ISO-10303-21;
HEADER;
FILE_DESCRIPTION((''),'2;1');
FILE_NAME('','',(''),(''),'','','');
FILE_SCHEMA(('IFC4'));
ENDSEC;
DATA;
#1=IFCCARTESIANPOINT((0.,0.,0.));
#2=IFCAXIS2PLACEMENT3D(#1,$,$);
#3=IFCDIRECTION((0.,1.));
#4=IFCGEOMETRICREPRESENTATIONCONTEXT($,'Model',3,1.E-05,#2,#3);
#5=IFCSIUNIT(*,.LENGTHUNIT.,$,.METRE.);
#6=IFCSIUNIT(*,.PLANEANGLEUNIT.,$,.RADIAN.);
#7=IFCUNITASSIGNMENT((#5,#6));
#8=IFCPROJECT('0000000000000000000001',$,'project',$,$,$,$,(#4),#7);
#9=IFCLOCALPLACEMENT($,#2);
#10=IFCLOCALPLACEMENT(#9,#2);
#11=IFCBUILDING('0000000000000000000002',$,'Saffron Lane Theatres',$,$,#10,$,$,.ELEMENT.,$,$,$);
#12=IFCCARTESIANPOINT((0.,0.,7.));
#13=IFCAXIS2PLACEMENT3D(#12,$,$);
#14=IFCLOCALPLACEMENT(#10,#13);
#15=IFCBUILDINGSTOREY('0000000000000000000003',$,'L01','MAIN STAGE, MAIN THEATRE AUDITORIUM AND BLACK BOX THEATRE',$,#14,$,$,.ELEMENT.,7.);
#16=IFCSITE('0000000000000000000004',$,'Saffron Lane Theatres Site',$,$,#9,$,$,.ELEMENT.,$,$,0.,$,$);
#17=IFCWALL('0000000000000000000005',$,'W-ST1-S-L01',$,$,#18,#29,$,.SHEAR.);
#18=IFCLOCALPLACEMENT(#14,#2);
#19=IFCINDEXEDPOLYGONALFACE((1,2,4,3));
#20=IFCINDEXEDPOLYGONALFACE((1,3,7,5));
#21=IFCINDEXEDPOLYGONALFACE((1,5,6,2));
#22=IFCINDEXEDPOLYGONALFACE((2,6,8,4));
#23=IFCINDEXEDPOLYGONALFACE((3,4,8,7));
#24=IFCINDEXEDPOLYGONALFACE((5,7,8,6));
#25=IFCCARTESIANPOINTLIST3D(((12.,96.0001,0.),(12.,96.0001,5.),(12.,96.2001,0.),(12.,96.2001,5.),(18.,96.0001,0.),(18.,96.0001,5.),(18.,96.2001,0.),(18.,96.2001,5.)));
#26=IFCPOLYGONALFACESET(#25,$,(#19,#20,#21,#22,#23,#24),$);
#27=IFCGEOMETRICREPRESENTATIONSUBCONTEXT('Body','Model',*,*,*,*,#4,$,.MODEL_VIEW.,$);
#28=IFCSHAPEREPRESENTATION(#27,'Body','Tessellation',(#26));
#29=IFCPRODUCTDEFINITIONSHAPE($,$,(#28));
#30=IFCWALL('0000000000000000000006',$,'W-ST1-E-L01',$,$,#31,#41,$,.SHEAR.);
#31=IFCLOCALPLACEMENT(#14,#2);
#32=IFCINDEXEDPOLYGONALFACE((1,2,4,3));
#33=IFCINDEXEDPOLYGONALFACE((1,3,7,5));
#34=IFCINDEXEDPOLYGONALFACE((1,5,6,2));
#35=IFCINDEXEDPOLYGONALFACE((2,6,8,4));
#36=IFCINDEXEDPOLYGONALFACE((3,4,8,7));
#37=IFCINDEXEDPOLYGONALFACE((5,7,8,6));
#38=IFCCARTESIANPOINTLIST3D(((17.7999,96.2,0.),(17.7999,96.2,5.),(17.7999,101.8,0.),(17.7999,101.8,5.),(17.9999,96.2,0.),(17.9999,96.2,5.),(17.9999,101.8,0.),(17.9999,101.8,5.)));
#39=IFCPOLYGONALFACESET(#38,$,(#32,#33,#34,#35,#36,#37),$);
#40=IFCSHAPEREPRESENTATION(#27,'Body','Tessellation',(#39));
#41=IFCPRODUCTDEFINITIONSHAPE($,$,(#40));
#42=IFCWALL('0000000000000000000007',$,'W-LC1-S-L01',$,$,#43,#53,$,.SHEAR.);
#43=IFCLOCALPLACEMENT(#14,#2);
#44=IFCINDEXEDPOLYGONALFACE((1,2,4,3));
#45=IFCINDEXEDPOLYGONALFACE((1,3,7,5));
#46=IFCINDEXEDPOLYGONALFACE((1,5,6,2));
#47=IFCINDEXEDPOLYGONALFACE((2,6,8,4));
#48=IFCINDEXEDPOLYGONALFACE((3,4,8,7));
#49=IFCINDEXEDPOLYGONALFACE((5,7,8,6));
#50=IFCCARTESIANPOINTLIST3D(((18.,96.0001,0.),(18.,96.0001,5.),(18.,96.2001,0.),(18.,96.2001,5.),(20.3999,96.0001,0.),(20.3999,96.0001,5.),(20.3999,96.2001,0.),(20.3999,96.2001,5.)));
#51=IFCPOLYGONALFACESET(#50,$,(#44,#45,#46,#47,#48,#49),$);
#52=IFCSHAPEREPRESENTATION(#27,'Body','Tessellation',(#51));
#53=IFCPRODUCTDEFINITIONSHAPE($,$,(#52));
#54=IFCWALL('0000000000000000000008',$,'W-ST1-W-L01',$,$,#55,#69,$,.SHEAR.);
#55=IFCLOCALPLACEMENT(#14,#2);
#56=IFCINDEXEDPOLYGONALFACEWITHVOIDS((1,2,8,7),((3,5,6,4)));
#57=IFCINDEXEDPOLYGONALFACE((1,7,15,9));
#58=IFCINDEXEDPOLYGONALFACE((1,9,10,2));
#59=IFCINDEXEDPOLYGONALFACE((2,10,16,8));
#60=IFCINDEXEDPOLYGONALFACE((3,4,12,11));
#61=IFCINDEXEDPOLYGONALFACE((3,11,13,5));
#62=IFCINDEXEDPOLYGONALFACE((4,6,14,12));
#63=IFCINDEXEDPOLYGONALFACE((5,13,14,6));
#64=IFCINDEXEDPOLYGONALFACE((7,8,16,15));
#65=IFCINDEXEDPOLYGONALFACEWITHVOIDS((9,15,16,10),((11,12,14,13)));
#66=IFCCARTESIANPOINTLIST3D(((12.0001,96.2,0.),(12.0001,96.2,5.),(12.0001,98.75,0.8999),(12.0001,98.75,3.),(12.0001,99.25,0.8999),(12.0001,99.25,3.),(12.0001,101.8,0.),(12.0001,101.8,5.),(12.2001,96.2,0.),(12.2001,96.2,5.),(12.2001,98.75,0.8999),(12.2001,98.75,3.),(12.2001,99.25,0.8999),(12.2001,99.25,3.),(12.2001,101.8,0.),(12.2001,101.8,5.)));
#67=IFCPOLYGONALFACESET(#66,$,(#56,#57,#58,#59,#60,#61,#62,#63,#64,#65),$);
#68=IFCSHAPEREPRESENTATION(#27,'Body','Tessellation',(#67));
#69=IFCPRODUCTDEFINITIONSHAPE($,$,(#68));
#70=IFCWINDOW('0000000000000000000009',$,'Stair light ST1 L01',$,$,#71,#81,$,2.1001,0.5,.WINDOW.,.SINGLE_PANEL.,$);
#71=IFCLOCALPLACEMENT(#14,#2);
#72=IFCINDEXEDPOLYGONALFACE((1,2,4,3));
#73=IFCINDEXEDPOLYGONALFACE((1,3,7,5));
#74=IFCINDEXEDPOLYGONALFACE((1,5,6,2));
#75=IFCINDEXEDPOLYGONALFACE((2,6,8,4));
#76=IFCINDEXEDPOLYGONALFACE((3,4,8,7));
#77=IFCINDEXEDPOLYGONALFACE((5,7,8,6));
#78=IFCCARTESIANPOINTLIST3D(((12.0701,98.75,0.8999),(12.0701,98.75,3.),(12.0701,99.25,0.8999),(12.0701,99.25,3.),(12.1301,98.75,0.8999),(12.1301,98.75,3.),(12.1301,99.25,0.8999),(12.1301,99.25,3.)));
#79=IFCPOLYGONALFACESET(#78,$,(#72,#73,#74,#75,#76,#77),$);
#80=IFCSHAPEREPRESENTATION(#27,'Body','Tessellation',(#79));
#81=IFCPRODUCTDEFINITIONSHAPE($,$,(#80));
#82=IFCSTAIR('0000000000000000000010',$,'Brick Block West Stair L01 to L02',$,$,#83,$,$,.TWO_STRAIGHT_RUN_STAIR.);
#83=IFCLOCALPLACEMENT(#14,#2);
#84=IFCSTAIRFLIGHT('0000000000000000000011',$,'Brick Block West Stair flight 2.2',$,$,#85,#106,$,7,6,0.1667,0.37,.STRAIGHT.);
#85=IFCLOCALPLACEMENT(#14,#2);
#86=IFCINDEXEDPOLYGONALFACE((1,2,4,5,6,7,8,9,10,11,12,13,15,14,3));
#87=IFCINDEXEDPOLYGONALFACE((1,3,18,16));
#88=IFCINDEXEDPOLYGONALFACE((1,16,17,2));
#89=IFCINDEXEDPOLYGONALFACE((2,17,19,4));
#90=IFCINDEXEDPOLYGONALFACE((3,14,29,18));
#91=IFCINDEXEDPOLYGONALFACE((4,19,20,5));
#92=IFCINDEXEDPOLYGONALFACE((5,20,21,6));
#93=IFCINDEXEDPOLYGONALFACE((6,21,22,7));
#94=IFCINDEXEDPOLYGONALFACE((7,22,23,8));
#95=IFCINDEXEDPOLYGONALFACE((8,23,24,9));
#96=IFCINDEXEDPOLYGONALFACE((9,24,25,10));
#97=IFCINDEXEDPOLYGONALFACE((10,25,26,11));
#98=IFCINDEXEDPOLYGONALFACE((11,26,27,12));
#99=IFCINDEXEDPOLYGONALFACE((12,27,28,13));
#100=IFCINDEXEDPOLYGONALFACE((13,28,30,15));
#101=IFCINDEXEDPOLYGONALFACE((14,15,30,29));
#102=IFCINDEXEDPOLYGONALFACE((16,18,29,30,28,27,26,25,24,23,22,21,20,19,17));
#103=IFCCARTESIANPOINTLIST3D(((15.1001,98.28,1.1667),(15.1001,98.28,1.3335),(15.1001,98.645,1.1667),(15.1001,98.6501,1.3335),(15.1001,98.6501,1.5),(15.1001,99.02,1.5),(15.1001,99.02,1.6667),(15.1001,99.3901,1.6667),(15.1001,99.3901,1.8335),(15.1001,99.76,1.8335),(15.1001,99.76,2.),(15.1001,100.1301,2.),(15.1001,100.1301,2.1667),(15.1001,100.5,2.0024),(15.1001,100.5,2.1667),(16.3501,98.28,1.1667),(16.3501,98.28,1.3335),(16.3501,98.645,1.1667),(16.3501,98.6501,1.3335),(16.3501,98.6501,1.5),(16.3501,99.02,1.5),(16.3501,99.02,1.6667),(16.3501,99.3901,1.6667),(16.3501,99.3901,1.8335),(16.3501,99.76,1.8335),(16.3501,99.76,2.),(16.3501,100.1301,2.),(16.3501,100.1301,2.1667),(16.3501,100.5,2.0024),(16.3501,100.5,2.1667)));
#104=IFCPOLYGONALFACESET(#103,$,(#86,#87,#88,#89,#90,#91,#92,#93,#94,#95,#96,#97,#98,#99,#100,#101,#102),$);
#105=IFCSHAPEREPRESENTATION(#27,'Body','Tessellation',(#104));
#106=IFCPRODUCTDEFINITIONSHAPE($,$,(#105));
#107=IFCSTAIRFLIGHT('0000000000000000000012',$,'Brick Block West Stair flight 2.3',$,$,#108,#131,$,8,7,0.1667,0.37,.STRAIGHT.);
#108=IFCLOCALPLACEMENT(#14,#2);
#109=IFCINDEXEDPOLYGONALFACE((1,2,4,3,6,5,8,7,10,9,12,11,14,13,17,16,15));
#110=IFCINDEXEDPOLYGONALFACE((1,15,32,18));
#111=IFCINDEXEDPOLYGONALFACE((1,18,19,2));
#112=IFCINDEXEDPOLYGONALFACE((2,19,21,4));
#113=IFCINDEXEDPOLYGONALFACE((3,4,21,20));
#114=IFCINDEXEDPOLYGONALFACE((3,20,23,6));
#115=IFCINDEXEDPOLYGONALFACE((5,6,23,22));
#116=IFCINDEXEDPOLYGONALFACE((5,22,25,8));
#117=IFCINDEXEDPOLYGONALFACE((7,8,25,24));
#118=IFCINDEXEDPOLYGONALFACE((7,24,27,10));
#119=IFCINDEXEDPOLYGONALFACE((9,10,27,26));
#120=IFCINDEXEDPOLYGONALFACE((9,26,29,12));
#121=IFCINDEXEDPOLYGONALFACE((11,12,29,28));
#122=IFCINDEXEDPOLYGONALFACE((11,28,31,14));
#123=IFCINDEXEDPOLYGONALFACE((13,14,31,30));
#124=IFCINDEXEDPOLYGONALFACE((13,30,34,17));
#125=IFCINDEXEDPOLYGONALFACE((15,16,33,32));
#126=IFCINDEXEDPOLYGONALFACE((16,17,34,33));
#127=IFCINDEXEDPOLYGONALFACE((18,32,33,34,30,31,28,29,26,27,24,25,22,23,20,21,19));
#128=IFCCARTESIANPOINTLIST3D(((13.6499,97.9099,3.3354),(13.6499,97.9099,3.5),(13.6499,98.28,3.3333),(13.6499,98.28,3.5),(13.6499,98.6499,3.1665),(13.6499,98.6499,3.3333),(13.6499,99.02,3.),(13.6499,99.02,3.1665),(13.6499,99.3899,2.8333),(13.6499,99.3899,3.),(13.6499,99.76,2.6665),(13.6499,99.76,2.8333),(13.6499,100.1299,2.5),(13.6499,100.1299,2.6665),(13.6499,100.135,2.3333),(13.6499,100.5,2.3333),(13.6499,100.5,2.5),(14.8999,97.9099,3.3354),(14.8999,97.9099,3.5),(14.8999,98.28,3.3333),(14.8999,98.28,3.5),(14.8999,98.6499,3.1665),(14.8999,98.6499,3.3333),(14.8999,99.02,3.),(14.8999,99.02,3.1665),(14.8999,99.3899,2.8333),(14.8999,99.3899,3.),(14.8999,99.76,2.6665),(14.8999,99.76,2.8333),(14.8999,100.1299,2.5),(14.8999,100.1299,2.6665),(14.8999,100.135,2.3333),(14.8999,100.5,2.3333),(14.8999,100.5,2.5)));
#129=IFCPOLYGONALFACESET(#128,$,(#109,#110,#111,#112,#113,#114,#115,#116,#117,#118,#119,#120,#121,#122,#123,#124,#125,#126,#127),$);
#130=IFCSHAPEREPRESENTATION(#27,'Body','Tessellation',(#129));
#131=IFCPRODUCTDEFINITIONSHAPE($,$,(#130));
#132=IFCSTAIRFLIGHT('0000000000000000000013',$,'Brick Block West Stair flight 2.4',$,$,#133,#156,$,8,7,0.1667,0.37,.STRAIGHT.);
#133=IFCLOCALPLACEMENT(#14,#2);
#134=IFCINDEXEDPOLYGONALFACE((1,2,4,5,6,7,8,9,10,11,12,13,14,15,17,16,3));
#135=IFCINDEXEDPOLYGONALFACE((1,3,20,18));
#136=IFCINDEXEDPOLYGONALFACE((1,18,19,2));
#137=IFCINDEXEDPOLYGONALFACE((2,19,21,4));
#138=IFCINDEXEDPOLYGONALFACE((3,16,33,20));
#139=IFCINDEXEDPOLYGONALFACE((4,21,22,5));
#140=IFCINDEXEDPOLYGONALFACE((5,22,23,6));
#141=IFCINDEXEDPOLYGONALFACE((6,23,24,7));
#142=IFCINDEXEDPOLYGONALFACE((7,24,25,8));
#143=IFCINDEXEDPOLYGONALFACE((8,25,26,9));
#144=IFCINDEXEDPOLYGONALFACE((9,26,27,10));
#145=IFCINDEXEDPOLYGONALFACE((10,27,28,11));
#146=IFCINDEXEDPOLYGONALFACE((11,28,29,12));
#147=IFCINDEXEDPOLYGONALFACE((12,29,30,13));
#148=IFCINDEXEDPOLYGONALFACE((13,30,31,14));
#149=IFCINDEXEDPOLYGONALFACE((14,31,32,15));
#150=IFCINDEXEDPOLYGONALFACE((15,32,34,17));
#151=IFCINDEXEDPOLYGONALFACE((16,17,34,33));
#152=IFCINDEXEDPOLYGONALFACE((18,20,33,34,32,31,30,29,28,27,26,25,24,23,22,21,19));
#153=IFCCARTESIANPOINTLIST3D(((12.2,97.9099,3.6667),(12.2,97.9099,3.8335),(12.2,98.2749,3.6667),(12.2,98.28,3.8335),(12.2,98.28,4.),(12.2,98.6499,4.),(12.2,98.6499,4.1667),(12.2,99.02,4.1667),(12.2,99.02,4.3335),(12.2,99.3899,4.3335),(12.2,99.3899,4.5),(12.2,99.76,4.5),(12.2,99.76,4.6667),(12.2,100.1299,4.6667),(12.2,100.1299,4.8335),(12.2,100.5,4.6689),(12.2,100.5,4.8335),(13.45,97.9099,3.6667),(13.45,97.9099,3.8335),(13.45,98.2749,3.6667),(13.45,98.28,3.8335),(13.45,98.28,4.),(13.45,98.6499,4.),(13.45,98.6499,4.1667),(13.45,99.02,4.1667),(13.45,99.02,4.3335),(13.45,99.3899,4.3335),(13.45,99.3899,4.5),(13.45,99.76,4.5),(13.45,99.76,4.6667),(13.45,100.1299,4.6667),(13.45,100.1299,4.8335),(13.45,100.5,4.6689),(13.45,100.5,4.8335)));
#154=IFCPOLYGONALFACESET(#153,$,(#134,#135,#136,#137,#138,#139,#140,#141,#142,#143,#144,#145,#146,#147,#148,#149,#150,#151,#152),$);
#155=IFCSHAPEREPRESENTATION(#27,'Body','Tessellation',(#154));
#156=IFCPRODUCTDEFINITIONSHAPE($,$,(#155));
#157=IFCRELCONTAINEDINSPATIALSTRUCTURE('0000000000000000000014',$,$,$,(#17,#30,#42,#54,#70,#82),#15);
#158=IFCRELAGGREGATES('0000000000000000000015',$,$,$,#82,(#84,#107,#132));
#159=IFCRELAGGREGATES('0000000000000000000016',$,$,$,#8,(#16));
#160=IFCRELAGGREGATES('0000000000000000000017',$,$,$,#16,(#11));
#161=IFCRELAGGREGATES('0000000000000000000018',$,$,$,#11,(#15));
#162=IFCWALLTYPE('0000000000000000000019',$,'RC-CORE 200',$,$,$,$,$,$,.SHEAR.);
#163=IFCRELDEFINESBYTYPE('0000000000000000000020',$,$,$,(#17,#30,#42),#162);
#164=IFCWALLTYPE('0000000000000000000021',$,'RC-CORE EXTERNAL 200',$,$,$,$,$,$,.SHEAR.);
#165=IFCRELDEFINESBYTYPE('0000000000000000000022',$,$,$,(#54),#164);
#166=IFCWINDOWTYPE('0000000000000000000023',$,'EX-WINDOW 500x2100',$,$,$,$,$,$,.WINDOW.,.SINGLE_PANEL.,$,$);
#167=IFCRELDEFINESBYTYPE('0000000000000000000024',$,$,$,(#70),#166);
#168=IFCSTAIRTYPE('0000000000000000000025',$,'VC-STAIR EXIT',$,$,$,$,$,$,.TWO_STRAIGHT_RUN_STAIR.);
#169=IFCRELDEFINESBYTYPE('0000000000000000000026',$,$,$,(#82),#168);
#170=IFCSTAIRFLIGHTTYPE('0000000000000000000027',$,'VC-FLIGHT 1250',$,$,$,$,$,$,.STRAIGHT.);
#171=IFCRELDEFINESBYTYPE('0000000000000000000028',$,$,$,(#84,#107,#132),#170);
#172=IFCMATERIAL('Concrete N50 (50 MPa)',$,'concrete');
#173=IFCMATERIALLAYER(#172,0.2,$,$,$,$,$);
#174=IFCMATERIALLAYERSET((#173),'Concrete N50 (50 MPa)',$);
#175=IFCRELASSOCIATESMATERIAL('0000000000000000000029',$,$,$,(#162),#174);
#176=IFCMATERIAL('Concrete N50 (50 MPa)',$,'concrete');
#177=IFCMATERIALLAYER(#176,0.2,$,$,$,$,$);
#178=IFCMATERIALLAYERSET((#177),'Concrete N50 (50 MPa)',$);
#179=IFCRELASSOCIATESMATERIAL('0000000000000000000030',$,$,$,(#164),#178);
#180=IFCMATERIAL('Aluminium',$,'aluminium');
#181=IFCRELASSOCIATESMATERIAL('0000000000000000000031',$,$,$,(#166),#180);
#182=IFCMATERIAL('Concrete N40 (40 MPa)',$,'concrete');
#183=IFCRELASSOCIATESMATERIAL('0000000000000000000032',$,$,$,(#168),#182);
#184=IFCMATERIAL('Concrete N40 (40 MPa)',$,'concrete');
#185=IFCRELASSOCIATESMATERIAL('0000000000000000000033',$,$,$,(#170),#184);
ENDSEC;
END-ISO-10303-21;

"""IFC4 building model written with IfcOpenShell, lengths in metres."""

from ifc_helpers import new_model, si_unit, direction, frame, frame_2d, origin, place, context, subcontext, project, spatial, polyline, rectangle, outline, extrude, material, layer, layer_set, type_object, element, fill, aggregate, save


model = new_model("IFC4")

# Units and contexts
model_context = context("Model", 3, precision=1e-05, world=origin(), true_north=direction((0.0, 1.0)))
body_context = subcontext(model_context, "Body", "Model", "MODEL_VIEW")
ifc_project = project(units=[si_unit("LENGTHUNIT", "METRE"), si_unit("PLANEANGLEUNIT", "RADIAN")], contexts=[model_context])

# Site, building, storey
site_placement = place(None, origin())
site = spatial("IfcSite", under=ifc_project, at=site_placement, Name="Saffron Lane Theatres Site", CompositionType="ELEMENT", RefElevation=0.0)
building_placement = place(site_placement, origin())
building = spatial("IfcBuilding", under=site, at=building_placement, Name="Saffron Lane Theatres", CompositionType="ELEMENT")
storey_placement = place(building_placement, frame((0.0, 0.0, 7.0)))
storey = spatial("IfcBuildingStorey", under=building, at=storey_placement, Name="L01", Description="MAIN STAGE, MAIN THEATRE AUDITORIUM AND BLACK BOX THEATRE", CompositionType="ELEMENT", Elevation=7.0)

# Walls
ifc_material_1 = material(Name="Concrete N50 (50 MPa)", Category="concrete")
ifc_layer_1 = layer(ifc_material_1, 0.2)
ifc_layer_set_1 = layer_set([ifc_layer_1], Name="Concrete N50 (50 MPa)")
wall_type_1 = type_object("IfcWallType", Name="RC-CORE 200", PredefinedType="SHEAR", material=ifc_layer_set_1)
wall_1_placement = place(storey_placement, frame((12.0, 96.1001, 0.0), z_axis=(0.0, 0.0, 1.0), x_axis=(1.0, 0.0, 0.0)))
element("IfcWall", 1, at=wall_1_placement, inside=storey, type_object=wall_type_1, Name="W-ST1-S-L01", PredefinedType="SHEAR", context=body_context, shape_type="SweptSolid", body=[
    extrude(rectangle(XDim=6.0, YDim=0.2, at=frame_2d((3.0, 0.0))), origin(), (0.0, 0.0, 1.0), 5.0),
])
wall_2_placement = place(storey_placement, frame((17.8999, 96.2, 0.0), z_axis=(0.0, 0.0, 1.0), x_axis=(0.0, 1.0, 0.0)))
element("IfcWall", 2, at=wall_2_placement, inside=storey, type_object=wall_type_1, Name="W-ST1-E-L01", PredefinedType="SHEAR", context=body_context, shape_type="SweptSolid", body=[
    extrude(rectangle(XDim=5.6001, YDim=0.2, at=frame_2d((2.8, 0.0))), origin(), (0.0, 0.0, 1.0), 5.0),
])
wall_3_placement = place(storey_placement, frame((18.0, 96.1001, 0.0), z_axis=(0.0, 0.0, 1.0), x_axis=(1.0, 0.0, 0.0)))
element("IfcWall", 3, at=wall_3_placement, inside=storey, type_object=wall_type_1, Name="W-LC1-S-L01", PredefinedType="SHEAR", context=body_context, shape_type="SweptSolid", body=[
    extrude(rectangle(XDim=2.3999, YDim=0.2, at=frame_2d((1.2, 0.0))), origin(), (0.0, 0.0, 1.0), 5.0),
])

# Wall, opening, window
ifc_material_2 = material(Name="Concrete N50 (50 MPa)", Category="concrete")
ifc_layer_2 = layer(ifc_material_2, 0.2)
ifc_layer_set_2 = layer_set([ifc_layer_2], Name="Concrete N50 (50 MPa)")
wall_type_2 = type_object("IfcWallType", Name="RC-CORE EXTERNAL 200", PredefinedType="SHEAR", material=ifc_layer_set_2)
wall_4_placement = place(storey_placement, frame((12.1001, 96.2, 0.0), z_axis=(0.0, 0.0, 1.0), x_axis=(0.0, 1.0, 0.0)))
wall_4 = element("IfcWall", 4, at=wall_4_placement, inside=storey, type_object=wall_type_2, Name="W-ST1-W-L01", PredefinedType="SHEAR", context=body_context, shape_type="SweptSolid", body=[
    extrude(rectangle(XDim=5.6001, YDim=0.2, at=frame_2d((2.8, 0.0))), origin(), (0.0, 0.0, 1.0), 5.0),
])
opening_placement = place(wall_4_placement, frame((2.55, 0.0, 0.8999)))
opening = element("IfcOpeningElement", 5, at=opening_placement, cuts=wall_4, PredefinedType="OPENING", context=body_context, shape_type="SweptSolid", body=[
    extrude(rectangle(XDim=0.5, YDim=2.1001, at=frame_2d((0.25, 1.05))), frame((0.0, 0.1099, 0.0), z_axis=(0.0, -1.0, 0.0), x_axis=(1.0, 0.0, 0.0)), (0.0, 0.0, 1.0), 0.22),
])
ifc_material_3 = material(Name="Aluminium", Category="aluminium")
window_type = type_object("IfcWindowType", Name="EX-WINDOW 500x2100", PartitioningType="SINGLE_PANEL", PredefinedType="WINDOW", material=ifc_material_3)
window_placement = place(opening_placement, origin())
window = element("IfcWindow", 6, at=window_placement, inside=storey, type_object=window_type, Name="Stair light ST1 L01", OverallHeight=2.1001, OverallWidth=0.5, PartitioningType="SINGLE_PANEL", PredefinedType="WINDOW", context=body_context, shape_type="SweptSolid", body=[
    extrude(rectangle(XDim=0.5, YDim=2.1001, at=frame_2d((0.25, 1.05))), frame((0.0, 0.03, 0.0), z_axis=(0.0, -1.0, 0.0), x_axis=(1.0, 0.0, 0.0)), (0.0, 0.0, 1.0), 0.0601),
])
fill(opening, window)

# Stair, stair flights
ifc_material_4 = material(Name="Concrete N40 (40 MPa)", Category="concrete")
stair_type = type_object("IfcStairType", Name="VC-STAIR EXIT", PredefinedType="TWO_STRAIGHT_RUN_STAIR", material=ifc_material_4)
stair_placement = place(storey_placement, origin())
stair = element("IfcStair", 7, at=stair_placement, inside=storey, type_object=stair_type, Name="Brick Block West Stair L01 to L02", PredefinedType="TWO_STRAIGHT_RUN_STAIR")
ifc_material_5 = material(Name="Concrete N40 (40 MPa)", Category="concrete")
stair_flight_type = type_object("IfcStairFlightType", Name="VC-FLIGHT 1250", PredefinedType="STRAIGHT", material=ifc_material_5)
stair_flight_1_placement = place(storey_placement, frame((15.7251, 98.28, 1.1667), z_axis=(0.0, 0.0, 1.0), x_axis=(0.0, 1.0, 0.0)))
stair_flight_1 = element("IfcStairFlight", 8, at=stair_flight_1_placement, type_object=stair_flight_type, Name="Brick Block West Stair flight 2.2", NumberOfRisers=7, NumberOfTreads=6, PredefinedType="STRAIGHT", RiserHeight=0.1667, TreadLength=0.37, context=body_context, shape_type="SweptSolid", body=[
    extrude(outline(polyline([(0.0, 0.0), (0.0, 0.1667), (0.3701, 0.1667), (0.3701, 0.3333), (0.74, 0.3333), (0.74, 0.5), (1.1101, 0.5), (1.1101, 0.6667), (1.48, 0.6667), (1.48, 0.8333), (1.8501, 0.8333), (1.8501, 1.0), (2.22, 1.0), (2.22, 1.1667), (2.22, 0.8357), (0.365, 0.0), (0.0, 0.0)])), frame((0.0, 0.625, 0.0), z_axis=(0.0, -1.0, 0.0), x_axis=(1.0, 0.0, 0.0)), (0.0, 0.0, 1.0), 1.25),
])
stair_flight_2_placement = place(storey_placement, frame((14.2749, 100.5, 2.3333), z_axis=(0.0, 0.0, 1.0), x_axis=(0.0, -1.0, 0.0)))
stair_flight_2 = element("IfcStairFlight", 9, at=stair_flight_2_placement, type_object=stair_flight_type, Name="Brick Block West Stair flight 2.3", NumberOfRisers=8, NumberOfTreads=7, PredefinedType="STRAIGHT", RiserHeight=0.1667, TreadLength=0.37, context=body_context, shape_type="SweptSolid", body=[
    extrude(outline(polyline([(0.0, 0.0), (0.0, 0.1667), (0.3701, 0.1667), (0.3701, 0.3333), (0.74, 0.3333), (0.74, 0.5), (1.1101, 0.5), (1.1101, 0.6667), (1.48, 0.6667), (1.48, 0.8333), (1.8501, 0.8333), (1.8501, 1.0), (2.22, 1.0), (2.22, 1.1667), (2.5901, 1.1667), (2.5901, 1.3333), (2.5901, 1.0022), (0.365, 0.0), (0.0, 0.0)])), frame((0.0, 0.625, 0.0), z_axis=(0.0, -1.0, 0.0), x_axis=(1.0, 0.0, 0.0)), (0.0, 0.0, 1.0), 1.25),
])
stair_flight_3_placement = place(storey_placement, frame((12.825, 97.9099, 3.6667), z_axis=(0.0, 0.0, 1.0), x_axis=(0.0, 1.0, 0.0)))
stair_flight_3 = element("IfcStairFlight", 10, at=stair_flight_3_placement, type_object=stair_flight_type, Name="Brick Block West Stair flight 2.4", NumberOfRisers=8, NumberOfTreads=7, PredefinedType="STRAIGHT", RiserHeight=0.1667, TreadLength=0.37, context=body_context, shape_type="SweptSolid", body=[
    extrude(outline(polyline([(0.0, 0.0), (0.0, 0.1667), (0.3701, 0.1667), (0.3701, 0.3333), (0.74, 0.3333), (0.74, 0.5), (1.1101, 0.5), (1.1101, 0.6667), (1.48, 0.6667), (1.48, 0.8333), (1.8501, 0.8333), (1.8501, 1.0), (2.22, 1.0), (2.22, 1.1667), (2.5901, 1.1667), (2.5901, 1.3333), (2.5901, 1.0022), (0.365, 0.0), (0.0, 0.0)])), frame((0.0, 0.625, 0.0), z_axis=(0.0, -1.0, 0.0), x_axis=(1.0, 0.0, 0.0)), (0.0, 0.0, 1.0), 1.25),
])
aggregate(stair, [stair_flight_1, stair_flight_2, stair_flight_3])

save(model, "model.ifc")
